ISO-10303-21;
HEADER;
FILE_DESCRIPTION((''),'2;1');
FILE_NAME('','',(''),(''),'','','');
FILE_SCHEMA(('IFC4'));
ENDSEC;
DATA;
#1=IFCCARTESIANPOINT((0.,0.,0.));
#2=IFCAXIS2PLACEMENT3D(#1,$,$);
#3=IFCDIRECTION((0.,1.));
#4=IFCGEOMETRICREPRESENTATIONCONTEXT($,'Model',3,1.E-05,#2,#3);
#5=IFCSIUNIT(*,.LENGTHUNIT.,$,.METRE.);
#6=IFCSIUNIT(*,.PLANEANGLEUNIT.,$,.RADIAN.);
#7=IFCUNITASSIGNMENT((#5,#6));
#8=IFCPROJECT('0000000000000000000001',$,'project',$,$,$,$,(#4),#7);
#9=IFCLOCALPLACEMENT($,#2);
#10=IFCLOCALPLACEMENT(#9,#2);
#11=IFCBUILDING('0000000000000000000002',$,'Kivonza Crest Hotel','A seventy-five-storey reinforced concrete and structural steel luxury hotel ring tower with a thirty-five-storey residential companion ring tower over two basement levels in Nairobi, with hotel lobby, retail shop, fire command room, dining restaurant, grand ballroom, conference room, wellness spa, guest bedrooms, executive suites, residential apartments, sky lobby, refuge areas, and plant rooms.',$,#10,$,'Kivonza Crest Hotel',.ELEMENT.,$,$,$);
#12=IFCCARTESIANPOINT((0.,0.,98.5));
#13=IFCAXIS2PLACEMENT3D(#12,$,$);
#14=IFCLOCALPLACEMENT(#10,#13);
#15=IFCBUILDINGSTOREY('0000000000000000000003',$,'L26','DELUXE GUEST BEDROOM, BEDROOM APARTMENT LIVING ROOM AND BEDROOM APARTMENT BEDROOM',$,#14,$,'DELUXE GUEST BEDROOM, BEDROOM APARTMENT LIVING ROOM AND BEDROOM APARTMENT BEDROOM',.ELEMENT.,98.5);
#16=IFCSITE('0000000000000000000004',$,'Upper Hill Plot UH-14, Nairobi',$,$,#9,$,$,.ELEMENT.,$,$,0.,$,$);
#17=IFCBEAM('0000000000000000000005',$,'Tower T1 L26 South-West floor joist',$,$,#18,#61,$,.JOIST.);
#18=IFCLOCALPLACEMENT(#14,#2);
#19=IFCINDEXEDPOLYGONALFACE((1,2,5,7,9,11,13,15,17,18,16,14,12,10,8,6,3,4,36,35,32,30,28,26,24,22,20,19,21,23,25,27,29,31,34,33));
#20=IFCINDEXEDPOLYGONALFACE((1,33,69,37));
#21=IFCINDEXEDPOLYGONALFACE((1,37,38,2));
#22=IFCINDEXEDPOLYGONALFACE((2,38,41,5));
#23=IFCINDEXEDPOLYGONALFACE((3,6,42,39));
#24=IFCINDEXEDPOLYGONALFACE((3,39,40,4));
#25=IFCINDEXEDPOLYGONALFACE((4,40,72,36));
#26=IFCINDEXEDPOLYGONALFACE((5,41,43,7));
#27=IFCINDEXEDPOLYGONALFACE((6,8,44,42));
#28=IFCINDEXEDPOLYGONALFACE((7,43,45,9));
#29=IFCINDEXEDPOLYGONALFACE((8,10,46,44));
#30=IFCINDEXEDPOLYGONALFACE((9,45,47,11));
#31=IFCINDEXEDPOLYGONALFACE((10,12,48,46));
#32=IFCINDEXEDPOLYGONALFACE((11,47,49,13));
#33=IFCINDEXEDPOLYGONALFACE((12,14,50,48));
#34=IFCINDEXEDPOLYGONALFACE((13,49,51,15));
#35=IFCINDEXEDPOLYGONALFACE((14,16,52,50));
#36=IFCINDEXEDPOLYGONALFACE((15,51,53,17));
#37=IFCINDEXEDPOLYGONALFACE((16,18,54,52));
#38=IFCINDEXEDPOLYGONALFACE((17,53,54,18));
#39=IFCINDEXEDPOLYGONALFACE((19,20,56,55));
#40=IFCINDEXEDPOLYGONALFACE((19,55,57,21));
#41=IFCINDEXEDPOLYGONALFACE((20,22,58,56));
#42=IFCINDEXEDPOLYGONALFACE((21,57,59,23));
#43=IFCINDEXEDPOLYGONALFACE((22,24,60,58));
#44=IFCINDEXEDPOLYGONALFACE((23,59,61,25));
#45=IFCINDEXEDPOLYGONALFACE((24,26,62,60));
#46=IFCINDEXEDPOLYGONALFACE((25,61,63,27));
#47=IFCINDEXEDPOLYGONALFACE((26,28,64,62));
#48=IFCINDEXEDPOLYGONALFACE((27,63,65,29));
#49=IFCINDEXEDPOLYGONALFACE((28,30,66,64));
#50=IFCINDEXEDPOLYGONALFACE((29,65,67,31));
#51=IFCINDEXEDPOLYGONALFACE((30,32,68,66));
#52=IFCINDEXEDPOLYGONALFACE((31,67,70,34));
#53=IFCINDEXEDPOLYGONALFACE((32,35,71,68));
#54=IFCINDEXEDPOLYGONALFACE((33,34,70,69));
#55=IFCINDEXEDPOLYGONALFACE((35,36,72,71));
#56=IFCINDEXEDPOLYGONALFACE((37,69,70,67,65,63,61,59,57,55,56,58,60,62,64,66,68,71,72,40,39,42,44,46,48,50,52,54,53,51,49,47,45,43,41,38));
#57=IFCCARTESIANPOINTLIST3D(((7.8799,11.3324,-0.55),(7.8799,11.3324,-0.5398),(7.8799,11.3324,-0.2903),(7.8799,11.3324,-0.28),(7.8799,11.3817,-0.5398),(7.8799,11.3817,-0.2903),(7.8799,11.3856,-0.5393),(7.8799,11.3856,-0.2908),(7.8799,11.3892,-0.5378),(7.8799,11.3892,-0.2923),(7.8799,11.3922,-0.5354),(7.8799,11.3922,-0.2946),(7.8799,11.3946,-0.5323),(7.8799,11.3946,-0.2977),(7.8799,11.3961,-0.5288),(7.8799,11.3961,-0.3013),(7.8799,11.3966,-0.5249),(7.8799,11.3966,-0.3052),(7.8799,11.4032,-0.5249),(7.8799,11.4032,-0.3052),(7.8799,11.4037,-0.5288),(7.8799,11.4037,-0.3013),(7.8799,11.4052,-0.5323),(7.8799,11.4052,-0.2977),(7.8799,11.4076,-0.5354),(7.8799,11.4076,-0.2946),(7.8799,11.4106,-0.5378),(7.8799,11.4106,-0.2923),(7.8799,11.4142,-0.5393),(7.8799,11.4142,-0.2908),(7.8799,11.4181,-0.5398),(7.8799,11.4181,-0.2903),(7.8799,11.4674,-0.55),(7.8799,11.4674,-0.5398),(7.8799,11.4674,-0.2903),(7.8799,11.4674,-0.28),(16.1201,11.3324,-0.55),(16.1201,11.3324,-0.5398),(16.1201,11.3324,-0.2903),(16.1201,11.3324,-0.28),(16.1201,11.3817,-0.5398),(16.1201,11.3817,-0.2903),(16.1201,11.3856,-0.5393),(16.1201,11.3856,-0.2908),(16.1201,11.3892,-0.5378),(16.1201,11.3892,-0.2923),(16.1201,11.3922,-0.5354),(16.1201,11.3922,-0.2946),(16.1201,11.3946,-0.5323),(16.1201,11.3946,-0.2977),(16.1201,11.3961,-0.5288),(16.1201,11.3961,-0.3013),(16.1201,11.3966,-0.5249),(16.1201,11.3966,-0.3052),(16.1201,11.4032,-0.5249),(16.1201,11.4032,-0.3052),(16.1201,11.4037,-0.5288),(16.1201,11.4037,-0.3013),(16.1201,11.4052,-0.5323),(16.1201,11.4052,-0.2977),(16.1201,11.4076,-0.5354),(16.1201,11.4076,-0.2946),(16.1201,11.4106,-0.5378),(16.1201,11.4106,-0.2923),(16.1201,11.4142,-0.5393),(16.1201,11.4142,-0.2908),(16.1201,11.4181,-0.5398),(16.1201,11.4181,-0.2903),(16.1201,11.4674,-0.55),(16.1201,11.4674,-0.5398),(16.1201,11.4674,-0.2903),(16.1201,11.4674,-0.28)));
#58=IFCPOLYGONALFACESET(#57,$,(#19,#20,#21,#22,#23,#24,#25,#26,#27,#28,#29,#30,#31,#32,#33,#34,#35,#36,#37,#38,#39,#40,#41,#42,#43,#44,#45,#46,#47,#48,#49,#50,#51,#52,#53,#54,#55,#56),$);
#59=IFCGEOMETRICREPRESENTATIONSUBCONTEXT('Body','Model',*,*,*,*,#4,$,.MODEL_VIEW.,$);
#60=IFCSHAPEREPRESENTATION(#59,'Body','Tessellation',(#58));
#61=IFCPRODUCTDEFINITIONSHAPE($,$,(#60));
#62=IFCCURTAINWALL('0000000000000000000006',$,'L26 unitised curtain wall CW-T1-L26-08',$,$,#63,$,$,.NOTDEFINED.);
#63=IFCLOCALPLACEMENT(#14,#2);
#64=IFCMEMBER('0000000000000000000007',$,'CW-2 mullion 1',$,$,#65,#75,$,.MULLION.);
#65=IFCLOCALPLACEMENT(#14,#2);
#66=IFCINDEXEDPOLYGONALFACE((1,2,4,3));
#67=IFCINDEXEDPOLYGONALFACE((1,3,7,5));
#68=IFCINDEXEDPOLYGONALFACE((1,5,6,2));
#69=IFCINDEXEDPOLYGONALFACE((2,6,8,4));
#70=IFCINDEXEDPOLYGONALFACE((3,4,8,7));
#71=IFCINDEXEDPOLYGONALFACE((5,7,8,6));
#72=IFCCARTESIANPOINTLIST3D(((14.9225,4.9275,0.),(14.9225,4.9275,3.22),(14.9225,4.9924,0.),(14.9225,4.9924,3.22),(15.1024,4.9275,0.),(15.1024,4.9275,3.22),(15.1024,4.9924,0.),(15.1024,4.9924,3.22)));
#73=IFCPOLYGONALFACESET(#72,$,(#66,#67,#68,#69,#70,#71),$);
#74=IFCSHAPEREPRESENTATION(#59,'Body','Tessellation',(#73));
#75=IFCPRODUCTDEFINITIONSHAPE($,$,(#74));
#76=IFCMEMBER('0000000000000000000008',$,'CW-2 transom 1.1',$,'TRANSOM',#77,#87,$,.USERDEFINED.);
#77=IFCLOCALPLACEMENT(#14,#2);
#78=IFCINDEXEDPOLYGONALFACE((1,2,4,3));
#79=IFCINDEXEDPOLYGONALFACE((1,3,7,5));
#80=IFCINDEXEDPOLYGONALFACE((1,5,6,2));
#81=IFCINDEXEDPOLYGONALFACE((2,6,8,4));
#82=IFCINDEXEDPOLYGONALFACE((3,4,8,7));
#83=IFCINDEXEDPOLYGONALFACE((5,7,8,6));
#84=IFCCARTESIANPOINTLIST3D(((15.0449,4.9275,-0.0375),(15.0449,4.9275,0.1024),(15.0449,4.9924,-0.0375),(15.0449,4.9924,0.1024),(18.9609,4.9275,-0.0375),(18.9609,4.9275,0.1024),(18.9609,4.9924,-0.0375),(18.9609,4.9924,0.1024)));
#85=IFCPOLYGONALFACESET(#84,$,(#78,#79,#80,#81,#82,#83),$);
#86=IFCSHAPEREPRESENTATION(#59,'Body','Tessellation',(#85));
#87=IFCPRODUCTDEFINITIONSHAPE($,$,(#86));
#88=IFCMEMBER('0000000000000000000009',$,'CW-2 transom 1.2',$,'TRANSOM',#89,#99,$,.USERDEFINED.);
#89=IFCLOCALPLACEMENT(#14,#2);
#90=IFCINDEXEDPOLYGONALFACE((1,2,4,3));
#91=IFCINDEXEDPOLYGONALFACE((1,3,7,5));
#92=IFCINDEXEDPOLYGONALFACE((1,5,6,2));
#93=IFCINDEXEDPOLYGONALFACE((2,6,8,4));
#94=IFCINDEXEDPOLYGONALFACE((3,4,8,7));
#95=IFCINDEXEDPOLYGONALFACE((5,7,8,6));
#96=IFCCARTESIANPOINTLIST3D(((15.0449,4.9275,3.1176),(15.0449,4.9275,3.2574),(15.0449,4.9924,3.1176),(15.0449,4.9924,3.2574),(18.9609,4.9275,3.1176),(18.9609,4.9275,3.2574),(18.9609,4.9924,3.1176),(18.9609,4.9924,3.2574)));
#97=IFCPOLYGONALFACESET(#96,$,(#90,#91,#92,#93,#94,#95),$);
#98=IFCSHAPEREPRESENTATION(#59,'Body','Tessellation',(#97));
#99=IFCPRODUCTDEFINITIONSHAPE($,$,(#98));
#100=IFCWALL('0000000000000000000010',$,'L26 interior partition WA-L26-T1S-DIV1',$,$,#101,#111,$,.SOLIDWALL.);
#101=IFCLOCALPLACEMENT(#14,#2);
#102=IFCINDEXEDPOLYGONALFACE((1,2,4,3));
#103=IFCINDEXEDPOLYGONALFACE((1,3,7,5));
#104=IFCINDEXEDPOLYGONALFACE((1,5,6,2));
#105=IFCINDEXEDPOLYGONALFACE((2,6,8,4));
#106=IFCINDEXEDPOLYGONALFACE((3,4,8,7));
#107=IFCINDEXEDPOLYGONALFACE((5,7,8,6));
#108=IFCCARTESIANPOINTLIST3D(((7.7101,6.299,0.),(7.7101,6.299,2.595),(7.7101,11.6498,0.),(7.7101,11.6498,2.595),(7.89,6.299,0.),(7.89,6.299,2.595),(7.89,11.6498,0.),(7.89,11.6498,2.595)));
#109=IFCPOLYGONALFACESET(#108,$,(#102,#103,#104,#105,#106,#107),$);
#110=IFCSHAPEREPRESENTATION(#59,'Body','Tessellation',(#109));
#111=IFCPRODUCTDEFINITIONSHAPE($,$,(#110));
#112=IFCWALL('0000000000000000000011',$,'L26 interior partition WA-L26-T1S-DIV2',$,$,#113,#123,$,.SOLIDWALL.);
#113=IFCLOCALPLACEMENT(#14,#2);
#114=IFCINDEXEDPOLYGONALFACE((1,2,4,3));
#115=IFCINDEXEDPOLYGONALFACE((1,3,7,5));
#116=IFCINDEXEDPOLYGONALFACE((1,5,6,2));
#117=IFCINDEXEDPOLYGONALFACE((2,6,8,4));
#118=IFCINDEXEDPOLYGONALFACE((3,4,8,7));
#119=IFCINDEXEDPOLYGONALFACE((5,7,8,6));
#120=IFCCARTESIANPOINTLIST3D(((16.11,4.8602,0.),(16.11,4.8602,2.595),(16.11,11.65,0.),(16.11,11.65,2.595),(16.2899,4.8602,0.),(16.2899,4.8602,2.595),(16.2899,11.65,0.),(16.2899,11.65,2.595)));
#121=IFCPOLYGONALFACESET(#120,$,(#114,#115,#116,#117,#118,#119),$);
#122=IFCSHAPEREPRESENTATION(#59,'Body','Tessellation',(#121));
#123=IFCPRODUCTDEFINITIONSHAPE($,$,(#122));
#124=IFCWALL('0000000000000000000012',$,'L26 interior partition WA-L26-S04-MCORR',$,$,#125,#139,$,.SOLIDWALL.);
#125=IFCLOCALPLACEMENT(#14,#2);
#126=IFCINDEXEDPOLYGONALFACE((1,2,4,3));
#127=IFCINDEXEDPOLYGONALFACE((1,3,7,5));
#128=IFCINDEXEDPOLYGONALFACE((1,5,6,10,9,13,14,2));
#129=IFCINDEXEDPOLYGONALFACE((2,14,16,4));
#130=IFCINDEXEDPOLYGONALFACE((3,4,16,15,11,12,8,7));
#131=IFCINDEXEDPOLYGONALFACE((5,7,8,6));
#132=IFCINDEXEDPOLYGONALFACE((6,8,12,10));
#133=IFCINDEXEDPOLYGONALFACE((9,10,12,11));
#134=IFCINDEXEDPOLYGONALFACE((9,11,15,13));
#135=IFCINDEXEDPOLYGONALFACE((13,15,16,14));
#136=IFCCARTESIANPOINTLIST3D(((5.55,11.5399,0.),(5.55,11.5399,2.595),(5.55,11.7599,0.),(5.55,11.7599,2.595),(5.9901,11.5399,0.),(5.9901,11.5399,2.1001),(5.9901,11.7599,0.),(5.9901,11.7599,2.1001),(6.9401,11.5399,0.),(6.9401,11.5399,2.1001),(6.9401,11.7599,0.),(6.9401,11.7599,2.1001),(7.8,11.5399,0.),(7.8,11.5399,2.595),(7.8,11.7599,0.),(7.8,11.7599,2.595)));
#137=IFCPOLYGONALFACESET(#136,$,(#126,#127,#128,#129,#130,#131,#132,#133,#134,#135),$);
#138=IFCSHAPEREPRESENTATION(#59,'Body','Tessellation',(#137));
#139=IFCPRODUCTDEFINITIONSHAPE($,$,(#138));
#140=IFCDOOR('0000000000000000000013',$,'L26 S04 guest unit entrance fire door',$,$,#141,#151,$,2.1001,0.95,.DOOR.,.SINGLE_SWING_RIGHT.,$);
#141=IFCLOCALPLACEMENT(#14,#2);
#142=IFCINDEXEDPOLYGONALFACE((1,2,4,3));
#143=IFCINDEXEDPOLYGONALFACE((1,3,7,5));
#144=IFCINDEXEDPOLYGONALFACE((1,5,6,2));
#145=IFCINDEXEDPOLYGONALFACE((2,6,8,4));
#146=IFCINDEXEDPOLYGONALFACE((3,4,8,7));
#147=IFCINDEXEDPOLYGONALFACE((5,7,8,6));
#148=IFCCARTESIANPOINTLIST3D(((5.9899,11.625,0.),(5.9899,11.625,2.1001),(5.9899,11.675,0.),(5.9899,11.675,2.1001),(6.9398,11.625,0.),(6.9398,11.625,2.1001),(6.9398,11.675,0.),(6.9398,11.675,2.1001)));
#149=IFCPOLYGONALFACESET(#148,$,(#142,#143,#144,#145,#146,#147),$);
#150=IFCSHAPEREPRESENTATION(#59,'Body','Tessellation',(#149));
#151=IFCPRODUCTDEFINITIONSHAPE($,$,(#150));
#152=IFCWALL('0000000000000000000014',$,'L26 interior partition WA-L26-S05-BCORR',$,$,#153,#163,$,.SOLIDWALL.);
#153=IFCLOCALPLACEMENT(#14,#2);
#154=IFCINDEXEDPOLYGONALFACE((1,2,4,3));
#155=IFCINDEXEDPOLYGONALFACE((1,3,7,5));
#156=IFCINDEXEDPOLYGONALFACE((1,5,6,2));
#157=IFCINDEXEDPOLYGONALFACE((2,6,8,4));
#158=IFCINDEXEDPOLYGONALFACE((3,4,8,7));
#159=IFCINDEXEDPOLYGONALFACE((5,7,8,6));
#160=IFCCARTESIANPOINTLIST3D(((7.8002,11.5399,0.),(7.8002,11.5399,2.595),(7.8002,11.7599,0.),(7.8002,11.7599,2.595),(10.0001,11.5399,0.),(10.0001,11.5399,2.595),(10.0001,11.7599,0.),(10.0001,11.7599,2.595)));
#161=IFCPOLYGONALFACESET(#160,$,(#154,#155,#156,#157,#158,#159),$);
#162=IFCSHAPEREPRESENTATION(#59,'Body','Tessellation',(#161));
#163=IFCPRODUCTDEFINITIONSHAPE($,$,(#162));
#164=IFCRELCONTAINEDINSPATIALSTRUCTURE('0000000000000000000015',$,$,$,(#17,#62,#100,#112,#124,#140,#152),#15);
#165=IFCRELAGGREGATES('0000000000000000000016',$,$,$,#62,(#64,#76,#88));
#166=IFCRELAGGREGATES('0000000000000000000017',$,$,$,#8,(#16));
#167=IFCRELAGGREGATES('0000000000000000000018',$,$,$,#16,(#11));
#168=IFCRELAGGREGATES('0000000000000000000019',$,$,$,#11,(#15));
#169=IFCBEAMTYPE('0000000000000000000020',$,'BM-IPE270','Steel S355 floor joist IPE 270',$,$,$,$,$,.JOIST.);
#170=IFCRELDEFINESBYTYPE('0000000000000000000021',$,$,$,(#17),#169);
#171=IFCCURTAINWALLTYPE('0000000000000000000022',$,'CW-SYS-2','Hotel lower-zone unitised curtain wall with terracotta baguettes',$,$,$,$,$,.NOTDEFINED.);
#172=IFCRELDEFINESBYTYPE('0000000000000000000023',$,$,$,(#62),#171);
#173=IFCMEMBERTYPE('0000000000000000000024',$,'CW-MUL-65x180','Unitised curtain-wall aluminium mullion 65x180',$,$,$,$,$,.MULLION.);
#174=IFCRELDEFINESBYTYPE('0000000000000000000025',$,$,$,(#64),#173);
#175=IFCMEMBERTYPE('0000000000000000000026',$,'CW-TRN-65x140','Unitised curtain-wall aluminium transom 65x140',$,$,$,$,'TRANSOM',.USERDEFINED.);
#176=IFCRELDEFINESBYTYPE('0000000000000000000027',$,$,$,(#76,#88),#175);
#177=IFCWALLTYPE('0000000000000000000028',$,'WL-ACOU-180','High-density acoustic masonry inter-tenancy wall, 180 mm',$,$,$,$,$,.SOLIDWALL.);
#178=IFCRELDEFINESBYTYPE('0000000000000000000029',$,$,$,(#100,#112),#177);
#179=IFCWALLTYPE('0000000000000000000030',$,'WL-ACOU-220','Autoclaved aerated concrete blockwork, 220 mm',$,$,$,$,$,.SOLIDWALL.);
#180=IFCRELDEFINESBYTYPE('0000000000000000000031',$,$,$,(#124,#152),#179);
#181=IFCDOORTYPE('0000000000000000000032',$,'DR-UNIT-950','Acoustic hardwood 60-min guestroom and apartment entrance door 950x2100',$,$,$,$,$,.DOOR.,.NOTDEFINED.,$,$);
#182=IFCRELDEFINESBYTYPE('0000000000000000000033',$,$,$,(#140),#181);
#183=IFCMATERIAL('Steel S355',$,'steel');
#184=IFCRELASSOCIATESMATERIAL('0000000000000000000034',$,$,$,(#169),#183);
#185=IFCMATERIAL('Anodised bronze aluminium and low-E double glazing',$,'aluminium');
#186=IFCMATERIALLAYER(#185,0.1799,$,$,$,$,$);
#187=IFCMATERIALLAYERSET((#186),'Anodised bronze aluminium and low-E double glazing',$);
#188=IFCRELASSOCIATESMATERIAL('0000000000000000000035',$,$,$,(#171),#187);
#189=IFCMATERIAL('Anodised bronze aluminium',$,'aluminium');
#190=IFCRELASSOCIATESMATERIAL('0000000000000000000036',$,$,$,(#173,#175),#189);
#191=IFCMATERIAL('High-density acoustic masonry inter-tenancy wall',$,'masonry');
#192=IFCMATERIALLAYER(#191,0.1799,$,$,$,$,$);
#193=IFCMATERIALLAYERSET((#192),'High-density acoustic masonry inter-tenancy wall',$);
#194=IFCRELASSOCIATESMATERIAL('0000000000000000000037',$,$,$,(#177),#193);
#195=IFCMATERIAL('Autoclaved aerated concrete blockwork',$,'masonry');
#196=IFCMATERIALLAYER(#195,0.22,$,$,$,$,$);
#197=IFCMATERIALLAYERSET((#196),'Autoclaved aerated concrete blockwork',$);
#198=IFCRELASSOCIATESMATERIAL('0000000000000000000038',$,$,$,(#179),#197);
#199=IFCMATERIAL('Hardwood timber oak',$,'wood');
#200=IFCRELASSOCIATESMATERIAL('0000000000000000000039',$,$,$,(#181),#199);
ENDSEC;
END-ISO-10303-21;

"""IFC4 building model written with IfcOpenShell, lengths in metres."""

from ifc_helpers import new_model, si_unit, direction, frame, frame_2d, origin, origin_2d, place, context, subcontext, project, spatial, rectangle, i_section, extrude, material, layer, layer_set, material_profile, profile_set, type_object, element, fill, aggregate, save


model = new_model("IFC4")

# Units and contexts
model_context = context("Model", 3, precision=1e-05, world=origin(), true_north=direction((0.0, 1.0)))
body_context = subcontext(model_context, "Body", "Model", "MODEL_VIEW")
ifc_project = project(units=[si_unit("LENGTHUNIT", "METRE"), si_unit("PLANEANGLEUNIT", "RADIAN")], contexts=[model_context])

# Site, building, storey
site_placement = place(None, origin())
site = spatial("IfcSite", under=ifc_project, at=site_placement, Name="Upper Hill Plot UH-14, Nairobi", CompositionType="ELEMENT", RefElevation=0.0)
building_placement = place(site_placement, origin())
building = spatial("IfcBuilding", under=site, at=building_placement, Name="Kivonza Crest Hotel", Description="A seventy-five-storey reinforced concrete and structural steel luxury hotel ring tower with a thirty-five-storey residential companion ring tower over two basement levels in Nairobi, with hotel lobby, retail shop, fire command room, dining restaurant, grand ballroom, conference room, wellness spa, guest bedrooms, executive suites, residential apartments, sky lobby, refuge areas, and plant rooms.", LongName="Kivonza Crest Hotel", CompositionType="ELEMENT")
storey_placement = place(building_placement, frame((0.0, 0.0, 98.5)))
storey = spatial("IfcBuildingStorey", under=building, at=storey_placement, Name="L26", Description="DELUXE GUEST BEDROOM, BEDROOM APARTMENT LIVING ROOM AND BEDROOM APARTMENT BEDROOM", LongName="DELUXE GUEST BEDROOM, BEDROOM APARTMENT LIVING ROOM AND BEDROOM APARTMENT BEDROOM", CompositionType="ELEMENT", Elevation=98.5)

# Beam
ifc_material_1 = material(Name="Steel S355", Category="steel")
ifc_material_profile_1 = material_profile(ifc_material_1, i_section(OverallWidth=0.135, OverallDepth=0.27, WebThickness=0.0066, FlangeThickness=0.0103, FilletRadius=0.0149, at=origin_2d()), Name="IPE 270")
ifc_profile_set_1 = profile_set([ifc_material_profile_1], Name="Steel S355")
beam_type_1 = type_object("IfcBeamType", Name="BM-IPE270", Description="Steel S355 floor joist IPE 270", PredefinedType="JOIST", material=ifc_profile_set_1)
beam_1_placement = place(storey_placement, frame((7.8799, 11.3999, -0.415), z_axis=(1.0, 0.0, 0.0), x_axis=(0.0, 1.0, 0.0)))
element("IfcBeam", 1, at=beam_1_placement, inside=storey, type_object=beam_type_1, Name="Tower T1 L26 South-West floor joist", PredefinedType="JOIST", context=body_context, shape_type="SweptSolid", body=[
    extrude(i_section(OverallWidth=0.135, OverallDepth=0.27, WebThickness=0.0066, FlangeThickness=0.0103, FilletRadius=0.0149, at=origin_2d()), origin(), (0.0, 0.0, 1.0), 8.2402),
])

# Curtain wall, members
ifc_material_2 = material(Name="Anodised bronze aluminium and low-E double glazing", Category="aluminium")
ifc_layer_1 = layer(ifc_material_2, 0.1799)
ifc_layer_set_1 = layer_set([ifc_layer_1], Name="Anodised bronze aluminium and low-E double glazing")
curtain_wall_type = type_object("IfcCurtainWallType", Name="CW-SYS-2", Description="Hotel lower-zone unitised curtain wall with terracotta baguettes", PredefinedType="NOTDEFINED", material=ifc_layer_set_1)
curtain_wall_placement = place(storey_placement, origin())
curtain_wall = element("IfcCurtainWall", 2, at=curtain_wall_placement, inside=storey, type_object=curtain_wall_type, Name="L26 unitised curtain wall CW-T1-L26-08", PredefinedType="NOTDEFINED")
ifc_material_3 = material(Name="Anodised bronze aluminium", Category="aluminium")
ifc_material_profile_2 = material_profile(ifc_material_3, rectangle(XDim=0.0649, YDim=0.1799, at=origin_2d()), Name="CW-M 65x180")
ifc_profile_set_2 = profile_set([ifc_material_profile_2], Name="Anodised bronze aluminium")
member_type_1 = type_object("IfcMemberType", Name="CW-MUL-65x180", Description="Unitised curtain-wall aluminium mullion 65x180", PredefinedType="MULLION", material=ifc_profile_set_2)
member_1_placement = place(storey_placement, frame((15.0125, 4.96, 0.0), z_axis=(0.0, 0.0, 1.0), x_axis=(0.0, 1.0, 0.0)))
member_1 = element("IfcMember", 3, at=member_1_placement, type_object=member_type_1, Name="CW-2 mullion 1", PredefinedType="MULLION", context=body_context, shape_type="SweptSolid", body=[
    extrude(rectangle(XDim=0.0649, YDim=0.1799, at=origin_2d()), origin(), (0.0, 0.0, 1.0), 3.22),
])
ifc_material_profile_3 = material_profile(ifc_material_3, rectangle(XDim=0.0649, YDim=0.1399, at=origin_2d()), Name="CW-T 65x140")
ifc_profile_set_3 = profile_set([ifc_material_profile_3], Name="Anodised bronze aluminium")
member_type_2 = type_object("IfcMemberType", Name="CW-TRN-65x140", Description="Unitised curtain-wall aluminium transom 65x140", ElementType="TRANSOM", PredefinedType="USERDEFINED", material=ifc_profile_set_3)
member_2_placement = place(storey_placement, frame((15.0449, 4.96, 0.0325), z_axis=(1.0, 0.0, 0.0), x_axis=(0.0, 1.0, 0.0)))
member_2 = element("IfcMember", 4, at=member_2_placement, type_object=member_type_2, Name="CW-2 transom 1.1", ObjectType="TRANSOM", PredefinedType="USERDEFINED", context=body_context, shape_type="SweptSolid", body=[
    extrude(rectangle(XDim=0.0649, YDim=0.1399, at=origin_2d()), origin(), (0.0, 0.0, 1.0), 3.916),
])
member_3_placement = place(storey_placement, frame((15.0449, 4.96, 3.1875), z_axis=(1.0, 0.0, 0.0), x_axis=(0.0, 1.0, 0.0)))
member_3 = element("IfcMember", 5, at=member_3_placement, type_object=member_type_2, Name="CW-2 transom 1.2", ObjectType="TRANSOM", PredefinedType="USERDEFINED", context=body_context, shape_type="SweptSolid", body=[
    extrude(rectangle(XDim=0.0649, YDim=0.1399, at=origin_2d()), origin(), (0.0, 0.0, 1.0), 3.916),
])
aggregate(curtain_wall, [member_1, member_2, member_3])

# Walls
ifc_material_4 = material(Name="High-density acoustic masonry inter-tenancy wall", Category="masonry")
ifc_layer_2 = layer(ifc_material_4, 0.1799)
ifc_layer_set_2 = layer_set([ifc_layer_2], Name="High-density acoustic masonry inter-tenancy wall")
wall_type_1 = type_object("IfcWallType", Name="WL-ACOU-180", Description="High-density acoustic masonry inter-tenancy wall, 180 mm", PredefinedType="SOLIDWALL", material=ifc_layer_set_2)
wall_1_placement = place(storey_placement, frame((7.8, 6.2991, 0.0), z_axis=(0.0, 0.0, 1.0), x_axis=(0.0, 1.0, 0.0)))
element("IfcWall", 6, at=wall_1_placement, inside=storey, type_object=wall_type_1, Name="L26 interior partition WA-L26-T1S-DIV1", PredefinedType="SOLIDWALL", context=body_context, shape_type="SweptSolid", body=[
    extrude(rectangle(XDim=5.3508, YDim=0.1799, at=frame_2d((2.6753, 0.0))), origin(), (0.0, 0.0, 1.0), 2.595),
])
wall_2_placement = place(storey_placement, frame((16.2, 4.8601, 0.0), z_axis=(0.0, 0.0, 1.0), x_axis=(0.0, 1.0, 0.0)))
element("IfcWall", 7, at=wall_2_placement, inside=storey, type_object=wall_type_1, Name="L26 interior partition WA-L26-T1S-DIV2", PredefinedType="SOLIDWALL", context=body_context, shape_type="SweptSolid", body=[
    extrude(rectangle(XDim=6.7898, YDim=0.1799, at=frame_2d((3.395, 0.0))), origin(), (0.0, 0.0, 1.0), 2.595),
])

# Wall, opening, door
ifc_material_5 = material(Name="Autoclaved aerated concrete blockwork", Category="masonry")
ifc_layer_3 = layer(ifc_material_5, 0.22)
ifc_layer_set_3 = layer_set([ifc_layer_3], Name="Autoclaved aerated concrete blockwork")
wall_type_2 = type_object("IfcWallType", Name="WL-ACOU-220", Description="Autoclaved aerated concrete blockwork, 220 mm", PredefinedType="SOLIDWALL", material=ifc_layer_set_3)
wall_3_placement = place(storey_placement, frame((5.55, 11.6499, 0.0), z_axis=(0.0, 0.0, 1.0), x_axis=(1.0, 0.0, 0.0)))
wall_3 = element("IfcWall", 8, at=wall_3_placement, inside=storey, type_object=wall_type_2, Name="L26 interior partition WA-L26-S04-MCORR", PredefinedType="SOLIDWALL", context=body_context, shape_type="SweptSolid", body=[
    extrude(rectangle(XDim=2.25, YDim=0.22, at=frame_2d((1.125, 0.0))), origin(), (0.0, 0.0, 1.0), 2.595),
])
opening_1_placement = place(wall_3_placement, frame((0.4399, 0.0, 0.0)))
opening_1 = element("IfcOpeningElement", 9, at=opening_1_placement, cuts=wall_3, PredefinedType="OPENING", context=body_context, shape_type="SweptSolid", body=[
    extrude(rectangle(XDim=0.95, YDim=2.1001, at=frame_2d((0.4751, 1.05))), frame((0.0, 0.1201, 0.0), z_axis=(0.0, -1.0, 0.0), x_axis=(1.0, 0.0, 0.0)), (0.0, 0.0, 1.0), 0.24),
])
ifc_material_6 = material(Name="Hardwood timber oak", Category="wood")
door_type_1 = type_object("IfcDoorType", Name="DR-UNIT-950", Description="Acoustic hardwood 60-min guestroom and apartment entrance door 950x2100", OperationType="NOTDEFINED", PredefinedType="DOOR", material=ifc_material_6)
door_1_placement = place(opening_1_placement, frame((0.95, 0.0, 0.0), z_axis=(0.0, 0.0, 1.0), x_axis=(-1.0, 0.0, 0.0)))
door_1 = element("IfcDoor", 10, at=door_1_placement, inside=storey, type_object=door_type_1, Name="L26 S04 guest unit entrance fire door", OperationType="SINGLE_SWING_RIGHT", OverallHeight=2.1001, OverallWidth=0.95, PredefinedType="DOOR", context=body_context, shape_type="SweptSolid", body=[
    extrude(rectangle(XDim=0.95, YDim=2.1001, at=frame_2d((0.4751, 1.05))), frame((0.0, 0.0249, 0.0), z_axis=(0.0, -1.0, 0.0), x_axis=(1.0, 0.0, 0.0)), (0.0, 0.0, 1.0), 0.05),
])
fill(opening_1, door_1)

# Wall
wall_4_placement = place(storey_placement, frame((7.8, 11.6499, 0.0), z_axis=(0.0, 0.0, 1.0), x_axis=(1.0, 0.0, 0.0)))
element("IfcWall", 11, at=wall_4_placement, inside=storey, type_object=wall_type_2, Name="L26 interior partition WA-L26-S05-BCORR", PredefinedType="SOLIDWALL", context=body_context, shape_type="SweptSolid", body=[
    extrude(rectangle(XDim=2.2, YDim=0.22, at=frame_2d((1.1001, 0.0))), origin(), (0.0, 0.0, 1.0), 2.595),
])

save(model, "model.ifc")
